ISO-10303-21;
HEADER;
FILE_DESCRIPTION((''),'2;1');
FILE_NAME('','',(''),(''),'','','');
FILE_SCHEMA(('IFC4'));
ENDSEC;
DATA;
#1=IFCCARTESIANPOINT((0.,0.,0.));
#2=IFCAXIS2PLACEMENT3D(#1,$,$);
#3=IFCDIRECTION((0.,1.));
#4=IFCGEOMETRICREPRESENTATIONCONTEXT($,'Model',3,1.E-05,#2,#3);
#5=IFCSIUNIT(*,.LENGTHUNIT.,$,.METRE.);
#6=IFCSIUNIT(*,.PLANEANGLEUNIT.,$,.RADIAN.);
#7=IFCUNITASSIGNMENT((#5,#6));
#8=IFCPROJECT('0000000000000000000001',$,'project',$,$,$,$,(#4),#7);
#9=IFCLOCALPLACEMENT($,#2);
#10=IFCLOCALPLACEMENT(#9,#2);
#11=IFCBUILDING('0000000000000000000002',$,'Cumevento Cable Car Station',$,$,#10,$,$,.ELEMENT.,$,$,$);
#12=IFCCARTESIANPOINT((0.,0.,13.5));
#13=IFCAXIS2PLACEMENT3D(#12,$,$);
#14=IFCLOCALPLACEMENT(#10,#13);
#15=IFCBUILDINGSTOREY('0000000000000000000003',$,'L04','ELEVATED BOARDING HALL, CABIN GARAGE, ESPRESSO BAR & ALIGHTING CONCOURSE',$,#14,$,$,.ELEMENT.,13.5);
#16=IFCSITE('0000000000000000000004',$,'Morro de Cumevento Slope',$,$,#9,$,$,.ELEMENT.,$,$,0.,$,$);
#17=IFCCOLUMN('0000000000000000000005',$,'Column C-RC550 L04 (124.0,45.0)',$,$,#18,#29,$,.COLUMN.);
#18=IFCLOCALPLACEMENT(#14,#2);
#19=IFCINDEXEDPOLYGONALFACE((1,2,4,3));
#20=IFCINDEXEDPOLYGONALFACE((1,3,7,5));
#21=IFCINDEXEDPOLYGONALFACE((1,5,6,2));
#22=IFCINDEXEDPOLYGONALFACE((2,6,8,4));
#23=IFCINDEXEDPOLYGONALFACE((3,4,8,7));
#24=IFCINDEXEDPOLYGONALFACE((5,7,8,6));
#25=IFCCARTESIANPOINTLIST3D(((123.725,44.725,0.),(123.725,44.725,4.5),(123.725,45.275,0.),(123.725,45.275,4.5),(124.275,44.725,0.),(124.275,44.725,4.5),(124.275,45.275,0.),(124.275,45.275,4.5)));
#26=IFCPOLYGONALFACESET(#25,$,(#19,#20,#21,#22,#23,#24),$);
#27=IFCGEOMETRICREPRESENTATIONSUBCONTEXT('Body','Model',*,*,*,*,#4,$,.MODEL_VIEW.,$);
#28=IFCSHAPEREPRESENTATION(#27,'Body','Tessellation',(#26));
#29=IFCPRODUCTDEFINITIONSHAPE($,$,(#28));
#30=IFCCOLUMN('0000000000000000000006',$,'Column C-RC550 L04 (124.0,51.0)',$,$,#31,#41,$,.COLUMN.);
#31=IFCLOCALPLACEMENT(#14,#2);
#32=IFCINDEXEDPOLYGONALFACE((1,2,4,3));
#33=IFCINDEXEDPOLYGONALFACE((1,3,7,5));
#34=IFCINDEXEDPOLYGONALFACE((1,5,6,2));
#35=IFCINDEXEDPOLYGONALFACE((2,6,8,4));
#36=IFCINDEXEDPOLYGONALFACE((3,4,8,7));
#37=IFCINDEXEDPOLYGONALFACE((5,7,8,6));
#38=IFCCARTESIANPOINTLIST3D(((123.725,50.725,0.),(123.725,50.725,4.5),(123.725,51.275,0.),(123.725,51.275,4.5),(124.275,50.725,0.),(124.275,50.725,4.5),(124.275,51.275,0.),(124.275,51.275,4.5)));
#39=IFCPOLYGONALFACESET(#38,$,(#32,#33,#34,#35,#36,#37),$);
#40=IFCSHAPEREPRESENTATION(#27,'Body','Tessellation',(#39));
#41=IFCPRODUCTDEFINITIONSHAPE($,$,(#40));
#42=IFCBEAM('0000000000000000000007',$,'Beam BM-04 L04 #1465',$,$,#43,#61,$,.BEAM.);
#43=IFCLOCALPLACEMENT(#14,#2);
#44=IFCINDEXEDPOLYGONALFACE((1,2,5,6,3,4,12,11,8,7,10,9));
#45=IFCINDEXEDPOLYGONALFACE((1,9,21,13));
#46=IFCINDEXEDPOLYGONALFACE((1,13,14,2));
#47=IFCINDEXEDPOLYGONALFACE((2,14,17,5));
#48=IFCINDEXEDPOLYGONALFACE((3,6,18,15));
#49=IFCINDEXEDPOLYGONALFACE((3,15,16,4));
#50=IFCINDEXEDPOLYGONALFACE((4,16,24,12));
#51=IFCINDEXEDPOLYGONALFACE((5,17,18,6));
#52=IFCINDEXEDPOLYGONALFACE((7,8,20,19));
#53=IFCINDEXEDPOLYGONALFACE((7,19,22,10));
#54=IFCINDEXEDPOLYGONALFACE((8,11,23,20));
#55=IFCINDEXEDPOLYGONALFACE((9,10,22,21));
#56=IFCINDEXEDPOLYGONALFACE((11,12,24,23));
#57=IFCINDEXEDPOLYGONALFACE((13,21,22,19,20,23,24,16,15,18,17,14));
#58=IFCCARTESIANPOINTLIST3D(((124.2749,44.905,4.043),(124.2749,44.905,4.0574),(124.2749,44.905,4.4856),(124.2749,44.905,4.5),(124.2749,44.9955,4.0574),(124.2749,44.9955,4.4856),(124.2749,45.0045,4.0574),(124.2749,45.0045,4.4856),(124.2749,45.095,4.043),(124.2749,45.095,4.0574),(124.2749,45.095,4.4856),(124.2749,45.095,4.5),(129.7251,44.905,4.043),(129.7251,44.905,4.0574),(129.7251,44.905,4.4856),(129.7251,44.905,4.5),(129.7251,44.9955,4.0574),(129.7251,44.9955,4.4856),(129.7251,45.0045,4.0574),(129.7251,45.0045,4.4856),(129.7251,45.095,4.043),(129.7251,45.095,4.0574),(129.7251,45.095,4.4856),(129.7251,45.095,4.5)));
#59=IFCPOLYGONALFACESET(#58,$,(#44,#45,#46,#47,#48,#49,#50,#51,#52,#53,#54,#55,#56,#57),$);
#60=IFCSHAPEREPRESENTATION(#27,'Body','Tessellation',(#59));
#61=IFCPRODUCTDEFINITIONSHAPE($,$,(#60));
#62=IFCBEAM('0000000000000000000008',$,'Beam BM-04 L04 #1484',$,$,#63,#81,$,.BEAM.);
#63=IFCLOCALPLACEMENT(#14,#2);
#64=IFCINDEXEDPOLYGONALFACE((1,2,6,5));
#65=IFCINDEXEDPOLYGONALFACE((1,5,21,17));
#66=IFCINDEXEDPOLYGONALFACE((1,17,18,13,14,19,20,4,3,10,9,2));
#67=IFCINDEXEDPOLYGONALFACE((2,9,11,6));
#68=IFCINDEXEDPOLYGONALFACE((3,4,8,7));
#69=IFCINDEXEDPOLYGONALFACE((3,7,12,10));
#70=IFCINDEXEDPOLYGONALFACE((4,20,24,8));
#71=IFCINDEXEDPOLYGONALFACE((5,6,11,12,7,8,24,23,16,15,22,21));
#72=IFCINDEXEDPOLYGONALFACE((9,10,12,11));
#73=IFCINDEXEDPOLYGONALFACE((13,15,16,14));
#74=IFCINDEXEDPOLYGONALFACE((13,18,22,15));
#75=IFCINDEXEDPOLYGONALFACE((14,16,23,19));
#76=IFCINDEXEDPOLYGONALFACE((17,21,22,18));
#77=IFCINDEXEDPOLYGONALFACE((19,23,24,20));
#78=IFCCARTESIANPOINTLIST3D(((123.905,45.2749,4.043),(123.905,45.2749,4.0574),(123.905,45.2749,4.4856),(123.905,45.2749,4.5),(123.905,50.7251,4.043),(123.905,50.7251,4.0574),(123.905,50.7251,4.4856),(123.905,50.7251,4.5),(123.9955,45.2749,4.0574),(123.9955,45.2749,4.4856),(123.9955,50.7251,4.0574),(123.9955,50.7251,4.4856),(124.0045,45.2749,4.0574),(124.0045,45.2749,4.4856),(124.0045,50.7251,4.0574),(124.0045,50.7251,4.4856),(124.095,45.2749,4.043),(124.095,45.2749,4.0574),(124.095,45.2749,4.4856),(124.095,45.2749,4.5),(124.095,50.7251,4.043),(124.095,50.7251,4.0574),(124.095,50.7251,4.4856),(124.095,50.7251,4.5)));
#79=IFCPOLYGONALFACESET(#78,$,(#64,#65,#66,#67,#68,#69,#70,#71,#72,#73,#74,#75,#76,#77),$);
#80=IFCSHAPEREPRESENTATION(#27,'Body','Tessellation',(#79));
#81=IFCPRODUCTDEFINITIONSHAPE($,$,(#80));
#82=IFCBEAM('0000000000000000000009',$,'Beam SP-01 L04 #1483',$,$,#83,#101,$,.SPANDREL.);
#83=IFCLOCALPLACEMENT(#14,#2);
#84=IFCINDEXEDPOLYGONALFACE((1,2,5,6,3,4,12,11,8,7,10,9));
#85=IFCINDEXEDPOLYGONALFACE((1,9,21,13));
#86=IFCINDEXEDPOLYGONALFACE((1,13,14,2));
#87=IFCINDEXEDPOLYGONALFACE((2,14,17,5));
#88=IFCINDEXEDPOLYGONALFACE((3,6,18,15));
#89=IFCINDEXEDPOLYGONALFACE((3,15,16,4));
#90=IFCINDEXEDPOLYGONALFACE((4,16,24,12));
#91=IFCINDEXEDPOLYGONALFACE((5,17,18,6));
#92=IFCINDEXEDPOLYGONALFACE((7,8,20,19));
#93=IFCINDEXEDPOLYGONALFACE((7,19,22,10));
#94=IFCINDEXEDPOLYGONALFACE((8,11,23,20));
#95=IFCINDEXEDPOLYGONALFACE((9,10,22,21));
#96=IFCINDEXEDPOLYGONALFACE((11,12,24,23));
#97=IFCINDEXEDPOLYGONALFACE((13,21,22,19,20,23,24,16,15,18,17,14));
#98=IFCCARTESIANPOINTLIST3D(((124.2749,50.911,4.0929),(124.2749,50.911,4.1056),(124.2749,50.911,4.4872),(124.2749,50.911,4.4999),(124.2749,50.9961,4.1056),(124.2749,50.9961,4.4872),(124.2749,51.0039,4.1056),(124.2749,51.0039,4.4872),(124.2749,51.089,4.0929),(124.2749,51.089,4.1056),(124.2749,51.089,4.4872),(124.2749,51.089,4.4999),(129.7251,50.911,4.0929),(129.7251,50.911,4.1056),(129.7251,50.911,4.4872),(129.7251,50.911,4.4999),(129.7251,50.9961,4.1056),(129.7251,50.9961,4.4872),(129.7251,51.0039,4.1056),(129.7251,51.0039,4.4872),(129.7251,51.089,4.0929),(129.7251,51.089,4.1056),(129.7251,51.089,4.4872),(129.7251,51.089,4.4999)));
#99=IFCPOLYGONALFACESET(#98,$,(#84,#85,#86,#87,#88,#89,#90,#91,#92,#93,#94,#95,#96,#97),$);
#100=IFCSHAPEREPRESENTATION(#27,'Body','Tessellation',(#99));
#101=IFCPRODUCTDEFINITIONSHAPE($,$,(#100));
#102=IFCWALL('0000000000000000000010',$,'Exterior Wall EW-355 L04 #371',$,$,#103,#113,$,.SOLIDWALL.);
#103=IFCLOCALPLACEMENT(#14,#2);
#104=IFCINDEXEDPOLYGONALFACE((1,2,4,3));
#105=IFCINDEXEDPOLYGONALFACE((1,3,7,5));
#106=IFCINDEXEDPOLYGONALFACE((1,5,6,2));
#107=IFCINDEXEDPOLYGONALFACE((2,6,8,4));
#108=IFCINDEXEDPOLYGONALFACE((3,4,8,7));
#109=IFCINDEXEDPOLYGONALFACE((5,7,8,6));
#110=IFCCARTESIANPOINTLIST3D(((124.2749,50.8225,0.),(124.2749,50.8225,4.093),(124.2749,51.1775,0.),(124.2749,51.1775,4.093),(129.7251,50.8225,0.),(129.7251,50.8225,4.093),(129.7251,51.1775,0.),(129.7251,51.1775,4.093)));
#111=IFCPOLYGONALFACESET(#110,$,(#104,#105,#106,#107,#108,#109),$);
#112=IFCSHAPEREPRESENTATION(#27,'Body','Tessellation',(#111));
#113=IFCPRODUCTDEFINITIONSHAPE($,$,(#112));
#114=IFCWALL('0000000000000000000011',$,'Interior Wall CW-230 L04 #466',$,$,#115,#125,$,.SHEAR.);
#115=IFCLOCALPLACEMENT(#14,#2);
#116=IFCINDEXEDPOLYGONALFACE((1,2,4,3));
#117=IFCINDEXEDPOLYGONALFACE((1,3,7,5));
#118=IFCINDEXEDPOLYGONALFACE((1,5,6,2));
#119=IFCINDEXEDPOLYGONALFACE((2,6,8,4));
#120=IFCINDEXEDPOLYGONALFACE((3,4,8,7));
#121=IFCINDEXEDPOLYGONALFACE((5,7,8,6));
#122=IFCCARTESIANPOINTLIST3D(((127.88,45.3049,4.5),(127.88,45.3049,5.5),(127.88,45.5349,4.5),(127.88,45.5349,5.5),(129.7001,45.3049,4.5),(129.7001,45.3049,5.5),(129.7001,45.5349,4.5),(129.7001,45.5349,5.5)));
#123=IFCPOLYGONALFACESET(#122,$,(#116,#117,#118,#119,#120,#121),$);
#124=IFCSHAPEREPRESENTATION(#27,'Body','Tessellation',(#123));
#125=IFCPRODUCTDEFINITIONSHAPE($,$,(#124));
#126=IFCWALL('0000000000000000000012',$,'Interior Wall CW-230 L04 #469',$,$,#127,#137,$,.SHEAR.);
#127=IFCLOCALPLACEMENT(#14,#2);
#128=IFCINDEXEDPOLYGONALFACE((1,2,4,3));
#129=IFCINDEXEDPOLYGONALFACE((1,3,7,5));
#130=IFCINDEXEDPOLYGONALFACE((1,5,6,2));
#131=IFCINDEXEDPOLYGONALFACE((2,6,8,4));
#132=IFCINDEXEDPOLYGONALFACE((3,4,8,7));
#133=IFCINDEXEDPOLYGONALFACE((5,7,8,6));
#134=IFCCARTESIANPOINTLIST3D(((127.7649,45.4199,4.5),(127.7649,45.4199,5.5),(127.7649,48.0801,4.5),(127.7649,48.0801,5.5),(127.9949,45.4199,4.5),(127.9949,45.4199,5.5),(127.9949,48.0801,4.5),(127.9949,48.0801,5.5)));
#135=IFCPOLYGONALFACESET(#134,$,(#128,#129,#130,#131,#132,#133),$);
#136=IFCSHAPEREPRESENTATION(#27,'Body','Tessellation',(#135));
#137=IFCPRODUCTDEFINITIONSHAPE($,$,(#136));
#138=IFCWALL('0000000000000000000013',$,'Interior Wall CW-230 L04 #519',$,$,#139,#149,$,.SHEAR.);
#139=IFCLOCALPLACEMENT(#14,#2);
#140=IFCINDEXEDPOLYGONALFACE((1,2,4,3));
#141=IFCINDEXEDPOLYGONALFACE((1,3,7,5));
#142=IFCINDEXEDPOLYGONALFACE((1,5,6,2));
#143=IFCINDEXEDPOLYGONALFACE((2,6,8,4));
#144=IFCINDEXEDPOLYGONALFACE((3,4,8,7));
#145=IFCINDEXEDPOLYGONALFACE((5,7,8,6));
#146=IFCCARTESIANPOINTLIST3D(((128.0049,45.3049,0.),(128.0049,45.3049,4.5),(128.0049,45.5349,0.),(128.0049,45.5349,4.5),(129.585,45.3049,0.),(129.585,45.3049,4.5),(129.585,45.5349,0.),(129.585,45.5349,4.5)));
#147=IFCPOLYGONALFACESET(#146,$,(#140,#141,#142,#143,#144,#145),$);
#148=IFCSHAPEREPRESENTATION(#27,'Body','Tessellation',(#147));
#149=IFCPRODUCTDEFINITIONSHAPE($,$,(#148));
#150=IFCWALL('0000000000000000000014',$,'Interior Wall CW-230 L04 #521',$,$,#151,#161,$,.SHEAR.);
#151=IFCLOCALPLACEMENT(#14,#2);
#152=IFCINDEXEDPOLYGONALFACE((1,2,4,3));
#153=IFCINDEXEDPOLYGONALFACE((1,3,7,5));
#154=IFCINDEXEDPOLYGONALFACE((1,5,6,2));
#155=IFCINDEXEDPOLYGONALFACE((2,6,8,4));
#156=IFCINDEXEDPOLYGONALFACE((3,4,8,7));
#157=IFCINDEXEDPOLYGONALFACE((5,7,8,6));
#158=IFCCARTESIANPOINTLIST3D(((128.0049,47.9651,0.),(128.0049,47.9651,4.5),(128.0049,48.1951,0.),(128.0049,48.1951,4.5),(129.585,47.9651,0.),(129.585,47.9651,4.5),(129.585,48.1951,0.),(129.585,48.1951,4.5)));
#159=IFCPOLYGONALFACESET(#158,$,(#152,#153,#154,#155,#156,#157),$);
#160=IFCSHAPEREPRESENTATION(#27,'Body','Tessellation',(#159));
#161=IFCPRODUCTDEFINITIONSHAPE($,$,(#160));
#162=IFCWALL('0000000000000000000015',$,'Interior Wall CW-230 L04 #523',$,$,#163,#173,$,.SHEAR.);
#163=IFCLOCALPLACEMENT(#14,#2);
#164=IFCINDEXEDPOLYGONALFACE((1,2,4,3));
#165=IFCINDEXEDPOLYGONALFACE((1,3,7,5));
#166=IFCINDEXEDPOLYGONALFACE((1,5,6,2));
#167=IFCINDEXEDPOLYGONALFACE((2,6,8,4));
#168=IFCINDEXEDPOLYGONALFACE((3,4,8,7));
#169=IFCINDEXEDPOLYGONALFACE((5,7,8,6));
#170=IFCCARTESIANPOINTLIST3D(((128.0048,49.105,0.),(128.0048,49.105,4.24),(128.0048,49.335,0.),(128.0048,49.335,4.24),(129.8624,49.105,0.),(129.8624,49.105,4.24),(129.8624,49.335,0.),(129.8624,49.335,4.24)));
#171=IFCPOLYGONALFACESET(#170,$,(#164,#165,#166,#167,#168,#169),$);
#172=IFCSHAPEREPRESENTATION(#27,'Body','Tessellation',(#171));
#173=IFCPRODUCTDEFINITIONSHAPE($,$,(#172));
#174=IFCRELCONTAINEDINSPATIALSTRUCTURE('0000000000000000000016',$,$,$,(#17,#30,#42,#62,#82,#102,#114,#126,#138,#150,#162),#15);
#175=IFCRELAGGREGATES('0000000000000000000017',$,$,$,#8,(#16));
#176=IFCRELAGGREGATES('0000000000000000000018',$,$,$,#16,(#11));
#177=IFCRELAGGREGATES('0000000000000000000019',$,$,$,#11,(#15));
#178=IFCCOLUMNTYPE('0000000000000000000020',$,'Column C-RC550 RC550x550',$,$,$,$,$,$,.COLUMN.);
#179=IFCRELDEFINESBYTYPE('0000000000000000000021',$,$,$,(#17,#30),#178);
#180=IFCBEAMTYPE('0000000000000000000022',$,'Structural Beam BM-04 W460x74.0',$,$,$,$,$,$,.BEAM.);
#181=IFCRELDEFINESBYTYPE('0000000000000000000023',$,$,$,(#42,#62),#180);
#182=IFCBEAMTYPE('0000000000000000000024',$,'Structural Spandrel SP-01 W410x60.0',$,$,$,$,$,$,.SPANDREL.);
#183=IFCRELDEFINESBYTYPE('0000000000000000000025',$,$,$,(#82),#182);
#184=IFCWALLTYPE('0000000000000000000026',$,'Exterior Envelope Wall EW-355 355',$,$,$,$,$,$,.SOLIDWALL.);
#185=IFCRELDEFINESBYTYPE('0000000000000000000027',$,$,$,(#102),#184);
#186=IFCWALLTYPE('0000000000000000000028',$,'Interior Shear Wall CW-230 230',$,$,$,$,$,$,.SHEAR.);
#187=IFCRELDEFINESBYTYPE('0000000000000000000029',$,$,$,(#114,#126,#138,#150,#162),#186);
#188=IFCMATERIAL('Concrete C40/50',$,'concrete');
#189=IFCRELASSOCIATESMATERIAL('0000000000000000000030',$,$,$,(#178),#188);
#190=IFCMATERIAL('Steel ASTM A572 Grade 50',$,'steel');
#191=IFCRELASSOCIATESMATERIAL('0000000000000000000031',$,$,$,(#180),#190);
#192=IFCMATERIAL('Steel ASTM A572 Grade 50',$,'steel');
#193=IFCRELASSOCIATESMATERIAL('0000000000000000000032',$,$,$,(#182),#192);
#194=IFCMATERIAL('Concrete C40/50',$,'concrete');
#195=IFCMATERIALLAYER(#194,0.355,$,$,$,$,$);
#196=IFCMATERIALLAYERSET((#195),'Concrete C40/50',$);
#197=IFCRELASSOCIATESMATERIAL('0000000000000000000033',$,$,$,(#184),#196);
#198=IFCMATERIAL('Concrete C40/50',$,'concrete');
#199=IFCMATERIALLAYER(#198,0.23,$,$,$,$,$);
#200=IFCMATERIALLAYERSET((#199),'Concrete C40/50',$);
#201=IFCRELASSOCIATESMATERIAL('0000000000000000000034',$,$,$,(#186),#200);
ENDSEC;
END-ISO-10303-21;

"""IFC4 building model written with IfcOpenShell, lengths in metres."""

from ifc_helpers import new_model, si_unit, direction, frame, frame_2d, origin, origin_2d, place, context, subcontext, project, spatial, rectangle, i_section, extrude, material, layer, layer_set, material_profile, profile_set, type_object, element, save


model = new_model("IFC4")

# Units and contexts
model_context = context("Model", 3, precision=1e-05, world=origin(), true_north=direction((0.0, 1.0)))
body_context = subcontext(model_context, "Body", "Model", "MODEL_VIEW")
ifc_project = project(units=[si_unit("LENGTHUNIT", "METRE"), si_unit("PLANEANGLEUNIT", "RADIAN")], contexts=[model_context])

# Site, building, storey
site_placement = place(None, origin())
site = spatial("IfcSite", under=ifc_project, at=site_placement, Name="Morro de Cumevento Slope", CompositionType="ELEMENT", RefElevation=0.0)
building_placement = place(site_placement, origin())
building = spatial("IfcBuilding", under=site, at=building_placement, Name="Cumevento Cable Car Station", CompositionType="ELEMENT")
storey_placement = place(building_placement, frame((0.0, 0.0, 13.5)))
storey = spatial("IfcBuildingStorey", under=building, at=storey_placement, Name="L04", Description="ELEVATED BOARDING HALL, CABIN GARAGE, ESPRESSO BAR & ALIGHTING CONCOURSE", CompositionType="ELEMENT", Elevation=13.5)

# Columns
ifc_material_1 = material(Name="Concrete C40/50", Category="concrete")
ifc_material_profile_1 = material_profile(ifc_material_1, rectangle(XDim=0.55, YDim=0.55, at=origin_2d()), Name="RC550x550")
ifc_profile_set_1 = profile_set([ifc_material_profile_1], Name="Concrete C40/50")
column_type = type_object("IfcColumnType", Name="Column C-RC550 RC550x550", PredefinedType="COLUMN", material=ifc_profile_set_1)
for number, where, z_axis, x_axis, name in (
    (1, (124.0, 45.0, 0.0), (0.0, 0.0, 1.0), (1.0, 0.0, 0.0), "Column C-RC550 L04 (124.0,45.0)"),
    (2, (124.0, 51.0, 0.0), (0.0, 0.0, 1.0), (1.0, 0.0, 0.0), "Column C-RC550 L04 (124.0,51.0)"),
):
    element("IfcColumn", number, at=place(storey_placement, frame(where, z_axis=z_axis, x_axis=x_axis)), inside=storey, type_object=column_type, Name=name, PredefinedType="COLUMN", context=body_context, shape_type="SweptSolid", body=[
        extrude(rectangle(XDim=0.55, YDim=0.55, at=origin_2d()), origin(), (0.0, 0.0, 1.0), 4.5),
    ])

# Beams
ifc_material_2 = material(Name="Steel ASTM A572 Grade 50", Category="steel")
ifc_material_profile_2 = material_profile(ifc_material_2, i_section(OverallWidth=0.1899, OverallDepth=0.457, WebThickness=0.009, FlangeThickness=0.0144, at=origin_2d()), Name="W460x74.0")
ifc_profile_set_2 = profile_set([ifc_material_profile_2], Name="Steel ASTM A572 Grade 50")
beam_type_1 = type_object("IfcBeamType", Name="Structural Beam BM-04 W460x74.0", PredefinedType="BEAM", material=ifc_profile_set_2)
for number, where, z_axis, x_axis, name in (
    (3, (124.2749, 45.0, 4.2715), (1.0, 0.0, 0.0), (0.0, 1.0, 0.0), "Beam BM-04 L04 #1465"),
    (4, (124.0, 45.2749, 4.2715), (0.0, 1.0, 0.0), (-1.0, 0.0, 0.0), "Beam BM-04 L04 #1484"),
):
    element("IfcBeam", number, at=place(storey_placement, frame(where, z_axis=z_axis, x_axis=x_axis)), inside=storey, type_object=beam_type_1, Name=name, PredefinedType="BEAM", context=body_context, shape_type="SweptSolid", body=[
        extrude(i_section(OverallWidth=0.1899, OverallDepth=0.457, WebThickness=0.009, FlangeThickness=0.0144, at=origin_2d()), origin(), (0.0, 0.0, 1.0), 5.4502),
    ])
ifc_material_3 = material(Name="Steel ASTM A572 Grade 50", Category="steel")
ifc_material_profile_3 = material_profile(ifc_material_3, i_section(OverallWidth=0.178, OverallDepth=0.407, WebThickness=0.0078, FlangeThickness=0.0127, at=origin_2d()), Name="W410x60.0")
ifc_profile_set_3 = profile_set([ifc_material_profile_3], Name="Steel ASTM A572 Grade 50")
beam_type_2 = type_object("IfcBeamType", Name="Structural Spandrel SP-01 W410x60.0", PredefinedType="SPANDREL", material=ifc_profile_set_3)
beam_placement = place(storey_placement, frame((124.2749, 51.0, 4.2964), z_axis=(1.0, 0.0, 0.0), x_axis=(0.0, 1.0, 0.0)))
element("IfcBeam", 5, at=beam_placement, inside=storey, type_object=beam_type_2, Name="Beam SP-01 L04 #1483", PredefinedType="SPANDREL", context=body_context, shape_type="SweptSolid", body=[
    extrude(i_section(OverallWidth=0.178, OverallDepth=0.407, WebThickness=0.0078, FlangeThickness=0.0127, at=origin_2d()), origin(), (0.0, 0.0, 1.0), 5.4502),
])

# Walls
ifc_material_4 = material(Name="Concrete C40/50", Category="concrete")
ifc_layer_1 = layer(ifc_material_4, 0.355)
ifc_layer_set_1 = layer_set([ifc_layer_1], Name="Concrete C40/50")
wall_type_1 = type_object("IfcWallType", Name="Exterior Envelope Wall EW-355 355", PredefinedType="SOLIDWALL", material=ifc_layer_set_1)
wall_1_placement = place(storey_placement, frame((124.2749, 51.0, 0.0), z_axis=(0.0, 0.0, 1.0), x_axis=(1.0, 0.0, 0.0)))
element("IfcWall", 6, at=wall_1_placement, inside=storey, type_object=wall_type_1, Name="Exterior Wall EW-355 L04 #371", PredefinedType="SOLIDWALL", context=body_context, shape_type="SweptSolid", body=[
    extrude(rectangle(XDim=5.4502, YDim=0.355, at=frame_2d((2.7251, 0.0))), origin(), (0.0, 0.0, 1.0), 4.093),
])
ifc_material_5 = material(Name="Concrete C40/50", Category="concrete")
ifc_layer_2 = layer(ifc_material_5, 0.23)
ifc_layer_set_2 = layer_set([ifc_layer_2], Name="Concrete C40/50")
wall_type_2 = type_object("IfcWallType", Name="Interior Shear Wall CW-230 230", PredefinedType="SHEAR", material=ifc_layer_set_2)
wall_2_placement = place(storey_placement, frame((127.8799, 45.4199, 4.5), z_axis=(0.0, 0.0, 1.0), x_axis=(1.0, 0.0, 0.0)))
element("IfcWall", 7, at=wall_2_placement, inside=storey, type_object=wall_type_2, Name="Interior Wall CW-230 L04 #466", PredefinedType="SHEAR", context=body_context, shape_type="SweptSolid", body=[
    extrude(rectangle(XDim=1.8201, YDim=0.23, at=frame_2d((0.9102, 0.0))), origin(), (0.0, 0.0, 1.0), 1.0),
])
wall_3_placement = place(storey_placement, frame((127.8799, 48.0801, 4.5), z_axis=(0.0, 0.0, 1.0), x_axis=(0.0, -1.0, 0.0)))
element("IfcWall", 8, at=wall_3_placement, inside=storey, type_object=wall_type_2, Name="Interior Wall CW-230 L04 #469", PredefinedType="SHEAR", context=body_context, shape_type="SweptSolid", body=[
    extrude(rectangle(XDim=2.6602, YDim=0.23, at=frame_2d((1.3301, 0.0))), origin(), (0.0, 0.0, 1.0), 1.0),
])
for number, where, z_axis, x_axis, name in (
    (9, (128.0049, 45.4199, 0.0), (0.0, 0.0, 1.0), (1.0, 0.0, 0.0), "Interior Wall CW-230 L04 #519"),
    (10, (128.0049, 48.0801, 0.0), (0.0, 0.0, 1.0), (1.0, 0.0, 0.0), "Interior Wall CW-230 L04 #521"),
):
    element("IfcWall", number, at=place(storey_placement, frame(where, z_axis=z_axis, x_axis=x_axis)), inside=storey, type_object=wall_type_2, Name=name, PredefinedType="SHEAR", context=body_context, shape_type="SweptSolid", body=[
        extrude(rectangle(XDim=1.5801, YDim=0.23, at=frame_2d((0.79, 0.0))), origin(), (0.0, 0.0, 1.0), 4.5),
    ])
wall_4_placement = place(storey_placement, frame((128.0049, 49.22, 0.0), z_axis=(0.0, 0.0, 1.0), x_axis=(1.0, 0.0, 0.0)))
element("IfcWall", 11, at=wall_4_placement, inside=storey, type_object=wall_type_2, Name="Interior Wall CW-230 L04 #523", PredefinedType="SHEAR", context=body_context, shape_type="SweptSolid", body=[
    extrude(rectangle(XDim=1.8577, YDim=0.23, at=frame_2d((0.9287, 0.0))), origin(), (0.0, 0.0, 1.0), 4.24),
])

save(model, "model.ifc")
